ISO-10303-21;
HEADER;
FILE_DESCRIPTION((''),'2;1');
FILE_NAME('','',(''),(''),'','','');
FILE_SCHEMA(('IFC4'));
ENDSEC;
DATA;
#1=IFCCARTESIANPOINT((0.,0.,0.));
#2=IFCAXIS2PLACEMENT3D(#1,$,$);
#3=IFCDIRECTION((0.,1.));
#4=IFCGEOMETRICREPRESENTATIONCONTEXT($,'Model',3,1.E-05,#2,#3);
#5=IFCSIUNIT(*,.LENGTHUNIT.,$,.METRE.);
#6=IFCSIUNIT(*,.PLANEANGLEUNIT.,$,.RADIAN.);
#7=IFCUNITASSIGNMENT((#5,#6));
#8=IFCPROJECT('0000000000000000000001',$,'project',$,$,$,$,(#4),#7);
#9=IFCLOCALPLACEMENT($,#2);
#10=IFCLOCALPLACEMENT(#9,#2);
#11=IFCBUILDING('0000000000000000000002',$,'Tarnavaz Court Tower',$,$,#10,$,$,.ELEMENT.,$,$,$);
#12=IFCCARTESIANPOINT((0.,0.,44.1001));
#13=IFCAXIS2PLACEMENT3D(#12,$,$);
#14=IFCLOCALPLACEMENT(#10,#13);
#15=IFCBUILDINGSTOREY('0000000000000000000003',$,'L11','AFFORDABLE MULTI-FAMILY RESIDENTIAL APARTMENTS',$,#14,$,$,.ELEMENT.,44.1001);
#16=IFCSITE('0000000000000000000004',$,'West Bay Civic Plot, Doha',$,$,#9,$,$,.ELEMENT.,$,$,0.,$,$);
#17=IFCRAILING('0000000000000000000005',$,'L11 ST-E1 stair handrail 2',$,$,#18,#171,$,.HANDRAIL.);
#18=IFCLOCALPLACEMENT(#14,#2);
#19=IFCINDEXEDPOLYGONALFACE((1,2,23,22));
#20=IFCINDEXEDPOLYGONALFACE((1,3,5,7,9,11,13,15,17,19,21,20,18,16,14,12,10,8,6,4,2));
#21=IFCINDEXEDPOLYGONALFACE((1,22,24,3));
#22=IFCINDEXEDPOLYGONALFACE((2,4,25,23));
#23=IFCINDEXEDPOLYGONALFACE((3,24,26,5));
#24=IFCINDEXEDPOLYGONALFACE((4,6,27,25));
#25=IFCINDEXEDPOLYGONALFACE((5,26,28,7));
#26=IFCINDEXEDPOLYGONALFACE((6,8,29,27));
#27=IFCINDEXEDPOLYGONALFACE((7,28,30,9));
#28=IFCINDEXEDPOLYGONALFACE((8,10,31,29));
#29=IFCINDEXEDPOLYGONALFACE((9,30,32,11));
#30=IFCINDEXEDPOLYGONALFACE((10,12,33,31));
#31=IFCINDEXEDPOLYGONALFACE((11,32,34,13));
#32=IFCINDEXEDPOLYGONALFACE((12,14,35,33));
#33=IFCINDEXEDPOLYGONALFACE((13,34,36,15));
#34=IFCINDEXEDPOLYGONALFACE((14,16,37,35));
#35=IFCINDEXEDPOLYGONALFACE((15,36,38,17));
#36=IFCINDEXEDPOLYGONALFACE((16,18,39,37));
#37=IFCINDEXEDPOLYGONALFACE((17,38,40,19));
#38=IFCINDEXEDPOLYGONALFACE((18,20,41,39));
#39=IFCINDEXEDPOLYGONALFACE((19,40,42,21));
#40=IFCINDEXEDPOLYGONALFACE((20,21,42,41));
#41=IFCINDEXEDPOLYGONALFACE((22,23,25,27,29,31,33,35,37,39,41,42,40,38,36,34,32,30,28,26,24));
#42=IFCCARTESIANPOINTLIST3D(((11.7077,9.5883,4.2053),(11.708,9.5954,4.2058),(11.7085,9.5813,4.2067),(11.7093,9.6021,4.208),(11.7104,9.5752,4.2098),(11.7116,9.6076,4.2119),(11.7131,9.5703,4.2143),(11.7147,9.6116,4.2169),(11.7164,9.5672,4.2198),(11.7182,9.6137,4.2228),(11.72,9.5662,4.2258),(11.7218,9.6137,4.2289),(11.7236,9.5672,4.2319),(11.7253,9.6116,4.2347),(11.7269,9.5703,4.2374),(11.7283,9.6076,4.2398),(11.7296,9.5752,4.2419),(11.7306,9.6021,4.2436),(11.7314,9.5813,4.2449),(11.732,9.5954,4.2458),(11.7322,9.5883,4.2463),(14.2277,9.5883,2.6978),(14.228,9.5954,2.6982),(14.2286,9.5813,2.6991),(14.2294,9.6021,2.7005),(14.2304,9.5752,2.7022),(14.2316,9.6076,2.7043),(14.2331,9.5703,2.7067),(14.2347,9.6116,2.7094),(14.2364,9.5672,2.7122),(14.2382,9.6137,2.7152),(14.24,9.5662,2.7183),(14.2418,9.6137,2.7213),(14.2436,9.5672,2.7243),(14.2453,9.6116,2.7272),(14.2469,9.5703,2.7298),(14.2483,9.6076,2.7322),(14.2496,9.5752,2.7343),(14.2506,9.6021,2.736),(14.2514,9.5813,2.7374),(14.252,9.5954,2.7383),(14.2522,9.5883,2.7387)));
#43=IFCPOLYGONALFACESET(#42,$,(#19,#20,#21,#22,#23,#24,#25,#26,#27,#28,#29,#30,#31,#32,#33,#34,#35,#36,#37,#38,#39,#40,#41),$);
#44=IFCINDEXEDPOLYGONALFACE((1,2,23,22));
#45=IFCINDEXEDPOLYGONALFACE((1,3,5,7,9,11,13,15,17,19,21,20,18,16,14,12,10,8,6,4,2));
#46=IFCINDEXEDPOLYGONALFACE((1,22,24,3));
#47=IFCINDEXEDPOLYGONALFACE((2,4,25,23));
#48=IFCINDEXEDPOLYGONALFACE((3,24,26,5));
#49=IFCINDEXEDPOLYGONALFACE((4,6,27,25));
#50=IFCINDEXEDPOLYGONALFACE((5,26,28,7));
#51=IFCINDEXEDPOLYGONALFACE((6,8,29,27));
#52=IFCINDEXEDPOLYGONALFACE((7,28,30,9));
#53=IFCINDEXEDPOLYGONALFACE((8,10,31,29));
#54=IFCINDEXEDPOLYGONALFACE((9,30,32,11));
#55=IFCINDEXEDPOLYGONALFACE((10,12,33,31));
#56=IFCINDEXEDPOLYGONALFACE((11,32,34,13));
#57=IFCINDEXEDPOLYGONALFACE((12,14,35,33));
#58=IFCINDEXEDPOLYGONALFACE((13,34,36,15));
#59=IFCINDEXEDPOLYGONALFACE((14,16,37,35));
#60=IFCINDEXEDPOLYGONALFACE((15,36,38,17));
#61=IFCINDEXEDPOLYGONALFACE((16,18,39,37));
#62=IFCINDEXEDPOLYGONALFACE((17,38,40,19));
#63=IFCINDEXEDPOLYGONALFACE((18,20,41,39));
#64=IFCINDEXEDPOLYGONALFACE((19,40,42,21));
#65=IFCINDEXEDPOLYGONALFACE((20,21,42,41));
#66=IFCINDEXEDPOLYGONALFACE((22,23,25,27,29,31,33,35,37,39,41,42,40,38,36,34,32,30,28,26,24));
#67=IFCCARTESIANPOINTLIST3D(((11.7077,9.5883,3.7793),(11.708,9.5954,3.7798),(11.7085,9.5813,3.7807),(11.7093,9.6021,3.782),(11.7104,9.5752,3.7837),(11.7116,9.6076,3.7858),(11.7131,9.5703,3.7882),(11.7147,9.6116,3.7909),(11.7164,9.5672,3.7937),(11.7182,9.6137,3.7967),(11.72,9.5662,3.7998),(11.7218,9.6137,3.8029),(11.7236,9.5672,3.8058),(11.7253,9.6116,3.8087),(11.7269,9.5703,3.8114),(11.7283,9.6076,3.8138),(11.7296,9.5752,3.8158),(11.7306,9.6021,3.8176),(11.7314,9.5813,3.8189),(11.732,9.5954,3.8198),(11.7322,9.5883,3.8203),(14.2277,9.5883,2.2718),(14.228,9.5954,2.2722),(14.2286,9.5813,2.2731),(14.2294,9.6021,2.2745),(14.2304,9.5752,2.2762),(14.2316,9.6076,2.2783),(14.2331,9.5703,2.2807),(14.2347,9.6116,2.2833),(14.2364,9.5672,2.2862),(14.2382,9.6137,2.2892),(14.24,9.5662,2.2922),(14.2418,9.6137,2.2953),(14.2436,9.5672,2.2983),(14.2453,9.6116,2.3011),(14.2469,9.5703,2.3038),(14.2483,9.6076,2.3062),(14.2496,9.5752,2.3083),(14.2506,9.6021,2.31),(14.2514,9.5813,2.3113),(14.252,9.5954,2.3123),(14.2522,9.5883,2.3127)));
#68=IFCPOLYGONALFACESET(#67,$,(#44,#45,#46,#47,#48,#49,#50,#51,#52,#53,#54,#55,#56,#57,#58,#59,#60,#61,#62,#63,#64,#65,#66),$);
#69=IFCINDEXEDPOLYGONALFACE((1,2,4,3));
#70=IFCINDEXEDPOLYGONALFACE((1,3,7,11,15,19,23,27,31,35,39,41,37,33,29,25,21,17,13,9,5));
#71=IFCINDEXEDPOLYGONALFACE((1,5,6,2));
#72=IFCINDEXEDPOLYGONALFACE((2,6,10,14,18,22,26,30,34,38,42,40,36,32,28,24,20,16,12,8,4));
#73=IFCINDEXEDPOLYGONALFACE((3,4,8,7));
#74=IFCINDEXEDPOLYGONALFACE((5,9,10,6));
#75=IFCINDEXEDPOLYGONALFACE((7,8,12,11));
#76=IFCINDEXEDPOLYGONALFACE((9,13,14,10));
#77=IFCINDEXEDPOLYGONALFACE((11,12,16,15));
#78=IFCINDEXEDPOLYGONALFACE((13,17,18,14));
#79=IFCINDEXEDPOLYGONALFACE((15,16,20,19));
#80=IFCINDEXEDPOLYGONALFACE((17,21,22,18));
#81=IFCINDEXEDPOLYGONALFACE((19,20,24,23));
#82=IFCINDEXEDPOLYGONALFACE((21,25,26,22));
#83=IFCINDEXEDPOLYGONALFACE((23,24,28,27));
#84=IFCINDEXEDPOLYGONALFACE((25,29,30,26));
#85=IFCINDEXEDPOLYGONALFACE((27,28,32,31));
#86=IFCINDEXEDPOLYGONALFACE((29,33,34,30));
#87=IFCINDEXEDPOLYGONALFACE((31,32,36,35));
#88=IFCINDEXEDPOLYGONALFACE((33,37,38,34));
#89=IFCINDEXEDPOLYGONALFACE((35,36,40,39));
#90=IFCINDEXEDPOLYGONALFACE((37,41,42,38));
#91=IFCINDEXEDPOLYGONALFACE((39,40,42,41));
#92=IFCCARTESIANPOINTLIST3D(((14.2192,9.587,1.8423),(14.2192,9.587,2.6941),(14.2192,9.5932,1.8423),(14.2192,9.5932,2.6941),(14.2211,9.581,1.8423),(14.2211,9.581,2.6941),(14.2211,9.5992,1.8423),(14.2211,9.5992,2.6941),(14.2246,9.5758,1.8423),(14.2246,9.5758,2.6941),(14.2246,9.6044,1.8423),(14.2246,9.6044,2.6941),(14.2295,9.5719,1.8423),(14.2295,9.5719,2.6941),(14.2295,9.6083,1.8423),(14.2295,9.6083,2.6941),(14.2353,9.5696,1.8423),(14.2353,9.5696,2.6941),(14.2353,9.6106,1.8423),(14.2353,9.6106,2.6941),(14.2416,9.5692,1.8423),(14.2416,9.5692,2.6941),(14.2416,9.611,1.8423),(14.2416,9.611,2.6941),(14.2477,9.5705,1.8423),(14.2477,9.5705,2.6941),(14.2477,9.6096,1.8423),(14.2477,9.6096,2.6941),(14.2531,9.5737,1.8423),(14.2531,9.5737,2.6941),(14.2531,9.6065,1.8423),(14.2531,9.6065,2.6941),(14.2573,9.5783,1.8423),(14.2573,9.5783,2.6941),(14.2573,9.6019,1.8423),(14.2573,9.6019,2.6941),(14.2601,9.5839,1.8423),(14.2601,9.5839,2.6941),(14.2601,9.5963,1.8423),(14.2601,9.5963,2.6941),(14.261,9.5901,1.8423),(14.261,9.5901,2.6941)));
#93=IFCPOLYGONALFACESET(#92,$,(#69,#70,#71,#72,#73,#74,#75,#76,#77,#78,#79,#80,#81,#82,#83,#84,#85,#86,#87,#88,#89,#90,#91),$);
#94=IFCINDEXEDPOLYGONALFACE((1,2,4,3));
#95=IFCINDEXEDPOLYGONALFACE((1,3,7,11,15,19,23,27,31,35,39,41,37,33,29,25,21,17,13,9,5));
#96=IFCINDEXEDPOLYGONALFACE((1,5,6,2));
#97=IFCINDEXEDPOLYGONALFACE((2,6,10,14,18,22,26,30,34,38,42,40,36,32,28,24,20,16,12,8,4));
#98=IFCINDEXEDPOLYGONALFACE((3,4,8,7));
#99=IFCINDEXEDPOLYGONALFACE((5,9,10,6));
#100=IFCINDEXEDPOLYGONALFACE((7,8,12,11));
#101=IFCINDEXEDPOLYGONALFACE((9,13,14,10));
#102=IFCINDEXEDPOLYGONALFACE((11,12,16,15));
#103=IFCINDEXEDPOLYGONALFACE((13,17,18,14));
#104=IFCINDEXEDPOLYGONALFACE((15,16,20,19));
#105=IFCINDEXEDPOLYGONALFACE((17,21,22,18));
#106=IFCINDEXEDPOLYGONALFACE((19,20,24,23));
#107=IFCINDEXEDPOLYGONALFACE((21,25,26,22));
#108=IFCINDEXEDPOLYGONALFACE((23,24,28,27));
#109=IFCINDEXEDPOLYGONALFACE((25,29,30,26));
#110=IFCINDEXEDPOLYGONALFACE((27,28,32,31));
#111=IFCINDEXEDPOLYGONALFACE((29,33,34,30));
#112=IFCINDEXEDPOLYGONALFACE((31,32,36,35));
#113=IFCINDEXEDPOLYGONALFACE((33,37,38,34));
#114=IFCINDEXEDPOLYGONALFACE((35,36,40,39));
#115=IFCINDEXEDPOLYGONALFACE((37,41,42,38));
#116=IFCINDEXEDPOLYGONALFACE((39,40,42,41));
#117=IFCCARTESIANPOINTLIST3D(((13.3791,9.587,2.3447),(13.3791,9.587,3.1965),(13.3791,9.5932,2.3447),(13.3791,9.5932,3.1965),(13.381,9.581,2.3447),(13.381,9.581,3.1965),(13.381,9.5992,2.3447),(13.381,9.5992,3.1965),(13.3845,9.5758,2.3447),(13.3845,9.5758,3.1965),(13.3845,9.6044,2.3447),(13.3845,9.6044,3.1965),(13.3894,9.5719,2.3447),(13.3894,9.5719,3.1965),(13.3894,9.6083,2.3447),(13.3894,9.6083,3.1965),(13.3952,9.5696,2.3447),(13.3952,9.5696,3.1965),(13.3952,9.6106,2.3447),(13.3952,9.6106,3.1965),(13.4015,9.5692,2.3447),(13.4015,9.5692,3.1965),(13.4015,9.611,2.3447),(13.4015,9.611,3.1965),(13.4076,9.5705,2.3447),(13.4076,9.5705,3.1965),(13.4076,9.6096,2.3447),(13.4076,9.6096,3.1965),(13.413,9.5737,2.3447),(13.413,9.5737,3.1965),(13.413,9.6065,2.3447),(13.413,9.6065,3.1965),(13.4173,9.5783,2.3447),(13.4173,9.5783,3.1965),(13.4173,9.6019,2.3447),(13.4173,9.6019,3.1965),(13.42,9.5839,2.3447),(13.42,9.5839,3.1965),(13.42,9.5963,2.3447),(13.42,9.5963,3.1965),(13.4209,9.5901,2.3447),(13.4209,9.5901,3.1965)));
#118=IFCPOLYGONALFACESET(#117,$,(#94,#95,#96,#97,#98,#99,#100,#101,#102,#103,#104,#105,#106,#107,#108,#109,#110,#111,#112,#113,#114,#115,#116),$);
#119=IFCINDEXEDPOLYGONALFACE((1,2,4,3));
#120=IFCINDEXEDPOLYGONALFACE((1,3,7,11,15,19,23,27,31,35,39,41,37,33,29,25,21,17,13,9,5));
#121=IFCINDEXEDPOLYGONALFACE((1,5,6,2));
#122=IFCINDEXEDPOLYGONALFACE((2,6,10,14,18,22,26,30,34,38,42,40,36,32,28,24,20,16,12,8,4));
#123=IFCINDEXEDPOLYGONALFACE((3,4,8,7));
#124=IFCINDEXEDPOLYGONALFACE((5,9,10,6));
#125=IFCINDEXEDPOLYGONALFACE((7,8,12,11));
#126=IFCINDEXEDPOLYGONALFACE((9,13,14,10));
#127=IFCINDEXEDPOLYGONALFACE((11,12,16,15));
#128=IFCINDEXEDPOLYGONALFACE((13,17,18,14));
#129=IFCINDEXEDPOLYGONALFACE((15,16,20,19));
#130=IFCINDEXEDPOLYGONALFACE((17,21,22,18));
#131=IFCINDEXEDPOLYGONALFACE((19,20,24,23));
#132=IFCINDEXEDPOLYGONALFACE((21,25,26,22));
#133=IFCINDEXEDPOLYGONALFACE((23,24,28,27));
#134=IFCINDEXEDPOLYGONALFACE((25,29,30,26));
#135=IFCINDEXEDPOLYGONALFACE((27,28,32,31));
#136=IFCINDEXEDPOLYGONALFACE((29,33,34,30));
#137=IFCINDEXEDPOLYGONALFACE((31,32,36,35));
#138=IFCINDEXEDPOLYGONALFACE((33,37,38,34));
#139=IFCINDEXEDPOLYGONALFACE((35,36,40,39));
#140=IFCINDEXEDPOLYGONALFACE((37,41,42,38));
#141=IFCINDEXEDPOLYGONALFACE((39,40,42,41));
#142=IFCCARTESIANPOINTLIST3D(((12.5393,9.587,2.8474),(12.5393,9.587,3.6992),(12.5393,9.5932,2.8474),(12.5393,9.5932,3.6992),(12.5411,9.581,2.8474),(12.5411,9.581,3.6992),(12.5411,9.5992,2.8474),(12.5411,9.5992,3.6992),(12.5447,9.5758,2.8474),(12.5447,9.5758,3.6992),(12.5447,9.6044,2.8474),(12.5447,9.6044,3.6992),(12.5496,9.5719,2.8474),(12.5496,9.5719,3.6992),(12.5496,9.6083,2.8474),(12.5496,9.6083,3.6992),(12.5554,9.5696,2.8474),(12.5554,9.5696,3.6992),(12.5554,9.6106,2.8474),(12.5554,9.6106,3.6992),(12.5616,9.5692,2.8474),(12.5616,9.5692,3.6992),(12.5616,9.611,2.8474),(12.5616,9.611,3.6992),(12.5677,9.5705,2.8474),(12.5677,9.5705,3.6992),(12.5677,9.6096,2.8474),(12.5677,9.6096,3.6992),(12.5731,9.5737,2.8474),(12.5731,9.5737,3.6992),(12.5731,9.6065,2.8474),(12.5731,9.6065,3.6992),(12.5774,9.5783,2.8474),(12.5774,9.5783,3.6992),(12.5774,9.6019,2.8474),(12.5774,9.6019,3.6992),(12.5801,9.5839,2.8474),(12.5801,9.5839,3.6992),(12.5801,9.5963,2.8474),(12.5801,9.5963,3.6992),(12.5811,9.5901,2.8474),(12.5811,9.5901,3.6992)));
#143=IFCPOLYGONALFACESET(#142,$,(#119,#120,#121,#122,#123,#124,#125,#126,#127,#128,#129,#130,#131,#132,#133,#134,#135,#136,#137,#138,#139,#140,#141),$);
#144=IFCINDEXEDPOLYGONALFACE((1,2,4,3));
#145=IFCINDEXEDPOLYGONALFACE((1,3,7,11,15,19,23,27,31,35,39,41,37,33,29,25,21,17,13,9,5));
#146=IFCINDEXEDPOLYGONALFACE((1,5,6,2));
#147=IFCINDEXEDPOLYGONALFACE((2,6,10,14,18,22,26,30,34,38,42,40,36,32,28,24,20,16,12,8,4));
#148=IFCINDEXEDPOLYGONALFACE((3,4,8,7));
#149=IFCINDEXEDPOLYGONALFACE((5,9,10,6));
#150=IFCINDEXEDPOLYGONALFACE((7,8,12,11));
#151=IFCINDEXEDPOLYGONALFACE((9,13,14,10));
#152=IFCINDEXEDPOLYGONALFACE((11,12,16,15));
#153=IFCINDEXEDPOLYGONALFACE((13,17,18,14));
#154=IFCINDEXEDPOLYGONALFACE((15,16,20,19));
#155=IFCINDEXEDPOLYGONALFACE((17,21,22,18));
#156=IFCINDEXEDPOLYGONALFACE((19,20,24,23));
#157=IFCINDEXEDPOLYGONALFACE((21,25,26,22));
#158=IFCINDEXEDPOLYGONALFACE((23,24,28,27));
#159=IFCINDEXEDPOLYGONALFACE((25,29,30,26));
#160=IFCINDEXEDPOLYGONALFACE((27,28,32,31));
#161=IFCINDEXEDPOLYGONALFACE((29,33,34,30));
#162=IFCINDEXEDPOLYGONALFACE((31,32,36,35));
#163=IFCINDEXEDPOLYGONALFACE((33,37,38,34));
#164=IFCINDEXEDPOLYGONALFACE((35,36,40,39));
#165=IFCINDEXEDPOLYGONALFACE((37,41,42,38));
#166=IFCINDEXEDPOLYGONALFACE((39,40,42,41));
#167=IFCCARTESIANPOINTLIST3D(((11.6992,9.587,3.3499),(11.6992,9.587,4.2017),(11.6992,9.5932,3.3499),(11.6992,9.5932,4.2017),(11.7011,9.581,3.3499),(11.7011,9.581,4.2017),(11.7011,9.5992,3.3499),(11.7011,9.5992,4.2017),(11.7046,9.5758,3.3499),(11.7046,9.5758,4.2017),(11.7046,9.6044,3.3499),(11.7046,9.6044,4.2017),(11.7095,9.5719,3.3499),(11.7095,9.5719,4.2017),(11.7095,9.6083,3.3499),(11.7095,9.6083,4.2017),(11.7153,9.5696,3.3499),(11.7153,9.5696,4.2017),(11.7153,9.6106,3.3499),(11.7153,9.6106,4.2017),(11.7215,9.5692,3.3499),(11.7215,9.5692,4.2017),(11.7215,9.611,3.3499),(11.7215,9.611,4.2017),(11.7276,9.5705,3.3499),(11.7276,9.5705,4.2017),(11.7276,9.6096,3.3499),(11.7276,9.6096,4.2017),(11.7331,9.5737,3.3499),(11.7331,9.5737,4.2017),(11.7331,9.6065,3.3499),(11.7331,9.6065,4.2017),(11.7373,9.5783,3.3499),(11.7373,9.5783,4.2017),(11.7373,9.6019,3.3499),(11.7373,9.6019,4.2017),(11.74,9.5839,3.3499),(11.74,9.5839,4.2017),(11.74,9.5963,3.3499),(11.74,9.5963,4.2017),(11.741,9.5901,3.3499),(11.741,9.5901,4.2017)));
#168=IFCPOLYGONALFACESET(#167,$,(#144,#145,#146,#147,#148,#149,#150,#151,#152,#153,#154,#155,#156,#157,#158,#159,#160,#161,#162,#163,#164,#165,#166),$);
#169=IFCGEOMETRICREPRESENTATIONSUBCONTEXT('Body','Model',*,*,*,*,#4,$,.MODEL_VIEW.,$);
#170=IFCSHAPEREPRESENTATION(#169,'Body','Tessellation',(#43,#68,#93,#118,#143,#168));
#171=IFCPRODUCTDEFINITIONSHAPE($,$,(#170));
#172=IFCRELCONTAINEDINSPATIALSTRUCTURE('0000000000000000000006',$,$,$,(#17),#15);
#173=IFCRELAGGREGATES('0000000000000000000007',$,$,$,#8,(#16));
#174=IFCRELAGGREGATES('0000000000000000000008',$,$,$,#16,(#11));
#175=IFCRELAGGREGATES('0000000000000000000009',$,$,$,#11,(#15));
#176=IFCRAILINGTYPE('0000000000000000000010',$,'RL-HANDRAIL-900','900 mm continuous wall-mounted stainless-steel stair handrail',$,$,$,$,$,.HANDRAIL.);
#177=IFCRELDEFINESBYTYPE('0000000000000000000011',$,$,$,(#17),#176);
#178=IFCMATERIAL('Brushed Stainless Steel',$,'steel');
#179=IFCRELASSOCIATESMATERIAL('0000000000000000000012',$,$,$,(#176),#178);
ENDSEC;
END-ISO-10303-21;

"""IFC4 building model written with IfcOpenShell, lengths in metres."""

from ifc_helpers import new_model, si_unit, direction, frame, origin, origin_2d, place, context, subcontext, project, spatial, circle, extrude, material, type_object, element, save


model = new_model("IFC4")

# Units and contexts
model_context = context("Model", 3, precision=1e-05, world=origin(), true_north=direction((0.0, 1.0)))
body_context = subcontext(model_context, "Body", "Model", "MODEL_VIEW")
ifc_project = project(units=[si_unit("LENGTHUNIT", "METRE"), si_unit("PLANEANGLEUNIT", "RADIAN")], contexts=[model_context])

# Site, building, storey
site_placement = place(None, origin())
site = spatial("IfcSite", under=ifc_project, at=site_placement, Name="West Bay Civic Plot, Doha", CompositionType="ELEMENT", RefElevation=0.0)
building_placement = place(site_placement, origin())
building = spatial("IfcBuilding", under=site, at=building_placement, Name="Tarnavaz Court Tower", CompositionType="ELEMENT")
storey_placement = place(building_placement, frame((0.0, 0.0, 44.1001)))
storey = spatial("IfcBuildingStorey", under=building, at=storey_placement, Name="L11", Description="AFFORDABLE MULTI-FAMILY RESIDENTIAL APARTMENTS", CompositionType="ELEMENT", Elevation=44.1001)

# Railing
ifc_material_1 = material(Name="Brushed Stainless Steel", Category="steel")
railing_type_1 = type_object("IfcRailingType", Name="RL-HANDRAIL-900", Description="900 mm continuous wall-mounted stainless-steel stair handrail", PredefinedType="HANDRAIL", material=ifc_material_1)
railing_1_placement = place(storey_placement, frame((14.24, 9.5901, 1.8423)))
element("IfcRailing", 1, at=railing_1_placement, inside=storey, type_object=railing_type_1, Name="L11 ST-E1 stair handrail 2", PredefinedType="HANDRAIL", context=body_context, shape_type="SweptSolid", body=[
    extrude(circle(Radius=0.0239, at=origin_2d()), frame((0.0, 0.0, 0.876), z_axis=(-0.85816, 0.0, 0.513383), x_axis=(0.0, -1.0, 0.0)), (0.0, 0.0, 1.0), 2.9365),
    extrude(circle(Radius=0.0239, at=origin_2d()), frame((0.0, 0.0, 0.45), z_axis=(-0.85816, 0.0, 0.513383), x_axis=(0.0, -1.0, 0.0)), (0.0, 0.0, 1.0), 2.9365),
    extrude(circle(Radius=0.021, at=origin_2d()), origin(), (0.0, 0.0, 1.0), 0.8518),
    extrude(circle(Radius=0.021, at=origin_2d()), frame((-0.8401, 0.0, 0.5024)), (0.0, 0.0, 1.0), 0.8518),
    extrude(circle(Radius=0.021, at=origin_2d()), frame((-1.6799, 0.0, 1.0051)), (0.0, 0.0, 1.0), 0.8518),
    extrude(circle(Radius=0.021, at=origin_2d()), frame((-2.52, 0.0, 1.5076)), (0.0, 0.0, 1.0), 0.8518),
])

save(model, "model.ifc")
